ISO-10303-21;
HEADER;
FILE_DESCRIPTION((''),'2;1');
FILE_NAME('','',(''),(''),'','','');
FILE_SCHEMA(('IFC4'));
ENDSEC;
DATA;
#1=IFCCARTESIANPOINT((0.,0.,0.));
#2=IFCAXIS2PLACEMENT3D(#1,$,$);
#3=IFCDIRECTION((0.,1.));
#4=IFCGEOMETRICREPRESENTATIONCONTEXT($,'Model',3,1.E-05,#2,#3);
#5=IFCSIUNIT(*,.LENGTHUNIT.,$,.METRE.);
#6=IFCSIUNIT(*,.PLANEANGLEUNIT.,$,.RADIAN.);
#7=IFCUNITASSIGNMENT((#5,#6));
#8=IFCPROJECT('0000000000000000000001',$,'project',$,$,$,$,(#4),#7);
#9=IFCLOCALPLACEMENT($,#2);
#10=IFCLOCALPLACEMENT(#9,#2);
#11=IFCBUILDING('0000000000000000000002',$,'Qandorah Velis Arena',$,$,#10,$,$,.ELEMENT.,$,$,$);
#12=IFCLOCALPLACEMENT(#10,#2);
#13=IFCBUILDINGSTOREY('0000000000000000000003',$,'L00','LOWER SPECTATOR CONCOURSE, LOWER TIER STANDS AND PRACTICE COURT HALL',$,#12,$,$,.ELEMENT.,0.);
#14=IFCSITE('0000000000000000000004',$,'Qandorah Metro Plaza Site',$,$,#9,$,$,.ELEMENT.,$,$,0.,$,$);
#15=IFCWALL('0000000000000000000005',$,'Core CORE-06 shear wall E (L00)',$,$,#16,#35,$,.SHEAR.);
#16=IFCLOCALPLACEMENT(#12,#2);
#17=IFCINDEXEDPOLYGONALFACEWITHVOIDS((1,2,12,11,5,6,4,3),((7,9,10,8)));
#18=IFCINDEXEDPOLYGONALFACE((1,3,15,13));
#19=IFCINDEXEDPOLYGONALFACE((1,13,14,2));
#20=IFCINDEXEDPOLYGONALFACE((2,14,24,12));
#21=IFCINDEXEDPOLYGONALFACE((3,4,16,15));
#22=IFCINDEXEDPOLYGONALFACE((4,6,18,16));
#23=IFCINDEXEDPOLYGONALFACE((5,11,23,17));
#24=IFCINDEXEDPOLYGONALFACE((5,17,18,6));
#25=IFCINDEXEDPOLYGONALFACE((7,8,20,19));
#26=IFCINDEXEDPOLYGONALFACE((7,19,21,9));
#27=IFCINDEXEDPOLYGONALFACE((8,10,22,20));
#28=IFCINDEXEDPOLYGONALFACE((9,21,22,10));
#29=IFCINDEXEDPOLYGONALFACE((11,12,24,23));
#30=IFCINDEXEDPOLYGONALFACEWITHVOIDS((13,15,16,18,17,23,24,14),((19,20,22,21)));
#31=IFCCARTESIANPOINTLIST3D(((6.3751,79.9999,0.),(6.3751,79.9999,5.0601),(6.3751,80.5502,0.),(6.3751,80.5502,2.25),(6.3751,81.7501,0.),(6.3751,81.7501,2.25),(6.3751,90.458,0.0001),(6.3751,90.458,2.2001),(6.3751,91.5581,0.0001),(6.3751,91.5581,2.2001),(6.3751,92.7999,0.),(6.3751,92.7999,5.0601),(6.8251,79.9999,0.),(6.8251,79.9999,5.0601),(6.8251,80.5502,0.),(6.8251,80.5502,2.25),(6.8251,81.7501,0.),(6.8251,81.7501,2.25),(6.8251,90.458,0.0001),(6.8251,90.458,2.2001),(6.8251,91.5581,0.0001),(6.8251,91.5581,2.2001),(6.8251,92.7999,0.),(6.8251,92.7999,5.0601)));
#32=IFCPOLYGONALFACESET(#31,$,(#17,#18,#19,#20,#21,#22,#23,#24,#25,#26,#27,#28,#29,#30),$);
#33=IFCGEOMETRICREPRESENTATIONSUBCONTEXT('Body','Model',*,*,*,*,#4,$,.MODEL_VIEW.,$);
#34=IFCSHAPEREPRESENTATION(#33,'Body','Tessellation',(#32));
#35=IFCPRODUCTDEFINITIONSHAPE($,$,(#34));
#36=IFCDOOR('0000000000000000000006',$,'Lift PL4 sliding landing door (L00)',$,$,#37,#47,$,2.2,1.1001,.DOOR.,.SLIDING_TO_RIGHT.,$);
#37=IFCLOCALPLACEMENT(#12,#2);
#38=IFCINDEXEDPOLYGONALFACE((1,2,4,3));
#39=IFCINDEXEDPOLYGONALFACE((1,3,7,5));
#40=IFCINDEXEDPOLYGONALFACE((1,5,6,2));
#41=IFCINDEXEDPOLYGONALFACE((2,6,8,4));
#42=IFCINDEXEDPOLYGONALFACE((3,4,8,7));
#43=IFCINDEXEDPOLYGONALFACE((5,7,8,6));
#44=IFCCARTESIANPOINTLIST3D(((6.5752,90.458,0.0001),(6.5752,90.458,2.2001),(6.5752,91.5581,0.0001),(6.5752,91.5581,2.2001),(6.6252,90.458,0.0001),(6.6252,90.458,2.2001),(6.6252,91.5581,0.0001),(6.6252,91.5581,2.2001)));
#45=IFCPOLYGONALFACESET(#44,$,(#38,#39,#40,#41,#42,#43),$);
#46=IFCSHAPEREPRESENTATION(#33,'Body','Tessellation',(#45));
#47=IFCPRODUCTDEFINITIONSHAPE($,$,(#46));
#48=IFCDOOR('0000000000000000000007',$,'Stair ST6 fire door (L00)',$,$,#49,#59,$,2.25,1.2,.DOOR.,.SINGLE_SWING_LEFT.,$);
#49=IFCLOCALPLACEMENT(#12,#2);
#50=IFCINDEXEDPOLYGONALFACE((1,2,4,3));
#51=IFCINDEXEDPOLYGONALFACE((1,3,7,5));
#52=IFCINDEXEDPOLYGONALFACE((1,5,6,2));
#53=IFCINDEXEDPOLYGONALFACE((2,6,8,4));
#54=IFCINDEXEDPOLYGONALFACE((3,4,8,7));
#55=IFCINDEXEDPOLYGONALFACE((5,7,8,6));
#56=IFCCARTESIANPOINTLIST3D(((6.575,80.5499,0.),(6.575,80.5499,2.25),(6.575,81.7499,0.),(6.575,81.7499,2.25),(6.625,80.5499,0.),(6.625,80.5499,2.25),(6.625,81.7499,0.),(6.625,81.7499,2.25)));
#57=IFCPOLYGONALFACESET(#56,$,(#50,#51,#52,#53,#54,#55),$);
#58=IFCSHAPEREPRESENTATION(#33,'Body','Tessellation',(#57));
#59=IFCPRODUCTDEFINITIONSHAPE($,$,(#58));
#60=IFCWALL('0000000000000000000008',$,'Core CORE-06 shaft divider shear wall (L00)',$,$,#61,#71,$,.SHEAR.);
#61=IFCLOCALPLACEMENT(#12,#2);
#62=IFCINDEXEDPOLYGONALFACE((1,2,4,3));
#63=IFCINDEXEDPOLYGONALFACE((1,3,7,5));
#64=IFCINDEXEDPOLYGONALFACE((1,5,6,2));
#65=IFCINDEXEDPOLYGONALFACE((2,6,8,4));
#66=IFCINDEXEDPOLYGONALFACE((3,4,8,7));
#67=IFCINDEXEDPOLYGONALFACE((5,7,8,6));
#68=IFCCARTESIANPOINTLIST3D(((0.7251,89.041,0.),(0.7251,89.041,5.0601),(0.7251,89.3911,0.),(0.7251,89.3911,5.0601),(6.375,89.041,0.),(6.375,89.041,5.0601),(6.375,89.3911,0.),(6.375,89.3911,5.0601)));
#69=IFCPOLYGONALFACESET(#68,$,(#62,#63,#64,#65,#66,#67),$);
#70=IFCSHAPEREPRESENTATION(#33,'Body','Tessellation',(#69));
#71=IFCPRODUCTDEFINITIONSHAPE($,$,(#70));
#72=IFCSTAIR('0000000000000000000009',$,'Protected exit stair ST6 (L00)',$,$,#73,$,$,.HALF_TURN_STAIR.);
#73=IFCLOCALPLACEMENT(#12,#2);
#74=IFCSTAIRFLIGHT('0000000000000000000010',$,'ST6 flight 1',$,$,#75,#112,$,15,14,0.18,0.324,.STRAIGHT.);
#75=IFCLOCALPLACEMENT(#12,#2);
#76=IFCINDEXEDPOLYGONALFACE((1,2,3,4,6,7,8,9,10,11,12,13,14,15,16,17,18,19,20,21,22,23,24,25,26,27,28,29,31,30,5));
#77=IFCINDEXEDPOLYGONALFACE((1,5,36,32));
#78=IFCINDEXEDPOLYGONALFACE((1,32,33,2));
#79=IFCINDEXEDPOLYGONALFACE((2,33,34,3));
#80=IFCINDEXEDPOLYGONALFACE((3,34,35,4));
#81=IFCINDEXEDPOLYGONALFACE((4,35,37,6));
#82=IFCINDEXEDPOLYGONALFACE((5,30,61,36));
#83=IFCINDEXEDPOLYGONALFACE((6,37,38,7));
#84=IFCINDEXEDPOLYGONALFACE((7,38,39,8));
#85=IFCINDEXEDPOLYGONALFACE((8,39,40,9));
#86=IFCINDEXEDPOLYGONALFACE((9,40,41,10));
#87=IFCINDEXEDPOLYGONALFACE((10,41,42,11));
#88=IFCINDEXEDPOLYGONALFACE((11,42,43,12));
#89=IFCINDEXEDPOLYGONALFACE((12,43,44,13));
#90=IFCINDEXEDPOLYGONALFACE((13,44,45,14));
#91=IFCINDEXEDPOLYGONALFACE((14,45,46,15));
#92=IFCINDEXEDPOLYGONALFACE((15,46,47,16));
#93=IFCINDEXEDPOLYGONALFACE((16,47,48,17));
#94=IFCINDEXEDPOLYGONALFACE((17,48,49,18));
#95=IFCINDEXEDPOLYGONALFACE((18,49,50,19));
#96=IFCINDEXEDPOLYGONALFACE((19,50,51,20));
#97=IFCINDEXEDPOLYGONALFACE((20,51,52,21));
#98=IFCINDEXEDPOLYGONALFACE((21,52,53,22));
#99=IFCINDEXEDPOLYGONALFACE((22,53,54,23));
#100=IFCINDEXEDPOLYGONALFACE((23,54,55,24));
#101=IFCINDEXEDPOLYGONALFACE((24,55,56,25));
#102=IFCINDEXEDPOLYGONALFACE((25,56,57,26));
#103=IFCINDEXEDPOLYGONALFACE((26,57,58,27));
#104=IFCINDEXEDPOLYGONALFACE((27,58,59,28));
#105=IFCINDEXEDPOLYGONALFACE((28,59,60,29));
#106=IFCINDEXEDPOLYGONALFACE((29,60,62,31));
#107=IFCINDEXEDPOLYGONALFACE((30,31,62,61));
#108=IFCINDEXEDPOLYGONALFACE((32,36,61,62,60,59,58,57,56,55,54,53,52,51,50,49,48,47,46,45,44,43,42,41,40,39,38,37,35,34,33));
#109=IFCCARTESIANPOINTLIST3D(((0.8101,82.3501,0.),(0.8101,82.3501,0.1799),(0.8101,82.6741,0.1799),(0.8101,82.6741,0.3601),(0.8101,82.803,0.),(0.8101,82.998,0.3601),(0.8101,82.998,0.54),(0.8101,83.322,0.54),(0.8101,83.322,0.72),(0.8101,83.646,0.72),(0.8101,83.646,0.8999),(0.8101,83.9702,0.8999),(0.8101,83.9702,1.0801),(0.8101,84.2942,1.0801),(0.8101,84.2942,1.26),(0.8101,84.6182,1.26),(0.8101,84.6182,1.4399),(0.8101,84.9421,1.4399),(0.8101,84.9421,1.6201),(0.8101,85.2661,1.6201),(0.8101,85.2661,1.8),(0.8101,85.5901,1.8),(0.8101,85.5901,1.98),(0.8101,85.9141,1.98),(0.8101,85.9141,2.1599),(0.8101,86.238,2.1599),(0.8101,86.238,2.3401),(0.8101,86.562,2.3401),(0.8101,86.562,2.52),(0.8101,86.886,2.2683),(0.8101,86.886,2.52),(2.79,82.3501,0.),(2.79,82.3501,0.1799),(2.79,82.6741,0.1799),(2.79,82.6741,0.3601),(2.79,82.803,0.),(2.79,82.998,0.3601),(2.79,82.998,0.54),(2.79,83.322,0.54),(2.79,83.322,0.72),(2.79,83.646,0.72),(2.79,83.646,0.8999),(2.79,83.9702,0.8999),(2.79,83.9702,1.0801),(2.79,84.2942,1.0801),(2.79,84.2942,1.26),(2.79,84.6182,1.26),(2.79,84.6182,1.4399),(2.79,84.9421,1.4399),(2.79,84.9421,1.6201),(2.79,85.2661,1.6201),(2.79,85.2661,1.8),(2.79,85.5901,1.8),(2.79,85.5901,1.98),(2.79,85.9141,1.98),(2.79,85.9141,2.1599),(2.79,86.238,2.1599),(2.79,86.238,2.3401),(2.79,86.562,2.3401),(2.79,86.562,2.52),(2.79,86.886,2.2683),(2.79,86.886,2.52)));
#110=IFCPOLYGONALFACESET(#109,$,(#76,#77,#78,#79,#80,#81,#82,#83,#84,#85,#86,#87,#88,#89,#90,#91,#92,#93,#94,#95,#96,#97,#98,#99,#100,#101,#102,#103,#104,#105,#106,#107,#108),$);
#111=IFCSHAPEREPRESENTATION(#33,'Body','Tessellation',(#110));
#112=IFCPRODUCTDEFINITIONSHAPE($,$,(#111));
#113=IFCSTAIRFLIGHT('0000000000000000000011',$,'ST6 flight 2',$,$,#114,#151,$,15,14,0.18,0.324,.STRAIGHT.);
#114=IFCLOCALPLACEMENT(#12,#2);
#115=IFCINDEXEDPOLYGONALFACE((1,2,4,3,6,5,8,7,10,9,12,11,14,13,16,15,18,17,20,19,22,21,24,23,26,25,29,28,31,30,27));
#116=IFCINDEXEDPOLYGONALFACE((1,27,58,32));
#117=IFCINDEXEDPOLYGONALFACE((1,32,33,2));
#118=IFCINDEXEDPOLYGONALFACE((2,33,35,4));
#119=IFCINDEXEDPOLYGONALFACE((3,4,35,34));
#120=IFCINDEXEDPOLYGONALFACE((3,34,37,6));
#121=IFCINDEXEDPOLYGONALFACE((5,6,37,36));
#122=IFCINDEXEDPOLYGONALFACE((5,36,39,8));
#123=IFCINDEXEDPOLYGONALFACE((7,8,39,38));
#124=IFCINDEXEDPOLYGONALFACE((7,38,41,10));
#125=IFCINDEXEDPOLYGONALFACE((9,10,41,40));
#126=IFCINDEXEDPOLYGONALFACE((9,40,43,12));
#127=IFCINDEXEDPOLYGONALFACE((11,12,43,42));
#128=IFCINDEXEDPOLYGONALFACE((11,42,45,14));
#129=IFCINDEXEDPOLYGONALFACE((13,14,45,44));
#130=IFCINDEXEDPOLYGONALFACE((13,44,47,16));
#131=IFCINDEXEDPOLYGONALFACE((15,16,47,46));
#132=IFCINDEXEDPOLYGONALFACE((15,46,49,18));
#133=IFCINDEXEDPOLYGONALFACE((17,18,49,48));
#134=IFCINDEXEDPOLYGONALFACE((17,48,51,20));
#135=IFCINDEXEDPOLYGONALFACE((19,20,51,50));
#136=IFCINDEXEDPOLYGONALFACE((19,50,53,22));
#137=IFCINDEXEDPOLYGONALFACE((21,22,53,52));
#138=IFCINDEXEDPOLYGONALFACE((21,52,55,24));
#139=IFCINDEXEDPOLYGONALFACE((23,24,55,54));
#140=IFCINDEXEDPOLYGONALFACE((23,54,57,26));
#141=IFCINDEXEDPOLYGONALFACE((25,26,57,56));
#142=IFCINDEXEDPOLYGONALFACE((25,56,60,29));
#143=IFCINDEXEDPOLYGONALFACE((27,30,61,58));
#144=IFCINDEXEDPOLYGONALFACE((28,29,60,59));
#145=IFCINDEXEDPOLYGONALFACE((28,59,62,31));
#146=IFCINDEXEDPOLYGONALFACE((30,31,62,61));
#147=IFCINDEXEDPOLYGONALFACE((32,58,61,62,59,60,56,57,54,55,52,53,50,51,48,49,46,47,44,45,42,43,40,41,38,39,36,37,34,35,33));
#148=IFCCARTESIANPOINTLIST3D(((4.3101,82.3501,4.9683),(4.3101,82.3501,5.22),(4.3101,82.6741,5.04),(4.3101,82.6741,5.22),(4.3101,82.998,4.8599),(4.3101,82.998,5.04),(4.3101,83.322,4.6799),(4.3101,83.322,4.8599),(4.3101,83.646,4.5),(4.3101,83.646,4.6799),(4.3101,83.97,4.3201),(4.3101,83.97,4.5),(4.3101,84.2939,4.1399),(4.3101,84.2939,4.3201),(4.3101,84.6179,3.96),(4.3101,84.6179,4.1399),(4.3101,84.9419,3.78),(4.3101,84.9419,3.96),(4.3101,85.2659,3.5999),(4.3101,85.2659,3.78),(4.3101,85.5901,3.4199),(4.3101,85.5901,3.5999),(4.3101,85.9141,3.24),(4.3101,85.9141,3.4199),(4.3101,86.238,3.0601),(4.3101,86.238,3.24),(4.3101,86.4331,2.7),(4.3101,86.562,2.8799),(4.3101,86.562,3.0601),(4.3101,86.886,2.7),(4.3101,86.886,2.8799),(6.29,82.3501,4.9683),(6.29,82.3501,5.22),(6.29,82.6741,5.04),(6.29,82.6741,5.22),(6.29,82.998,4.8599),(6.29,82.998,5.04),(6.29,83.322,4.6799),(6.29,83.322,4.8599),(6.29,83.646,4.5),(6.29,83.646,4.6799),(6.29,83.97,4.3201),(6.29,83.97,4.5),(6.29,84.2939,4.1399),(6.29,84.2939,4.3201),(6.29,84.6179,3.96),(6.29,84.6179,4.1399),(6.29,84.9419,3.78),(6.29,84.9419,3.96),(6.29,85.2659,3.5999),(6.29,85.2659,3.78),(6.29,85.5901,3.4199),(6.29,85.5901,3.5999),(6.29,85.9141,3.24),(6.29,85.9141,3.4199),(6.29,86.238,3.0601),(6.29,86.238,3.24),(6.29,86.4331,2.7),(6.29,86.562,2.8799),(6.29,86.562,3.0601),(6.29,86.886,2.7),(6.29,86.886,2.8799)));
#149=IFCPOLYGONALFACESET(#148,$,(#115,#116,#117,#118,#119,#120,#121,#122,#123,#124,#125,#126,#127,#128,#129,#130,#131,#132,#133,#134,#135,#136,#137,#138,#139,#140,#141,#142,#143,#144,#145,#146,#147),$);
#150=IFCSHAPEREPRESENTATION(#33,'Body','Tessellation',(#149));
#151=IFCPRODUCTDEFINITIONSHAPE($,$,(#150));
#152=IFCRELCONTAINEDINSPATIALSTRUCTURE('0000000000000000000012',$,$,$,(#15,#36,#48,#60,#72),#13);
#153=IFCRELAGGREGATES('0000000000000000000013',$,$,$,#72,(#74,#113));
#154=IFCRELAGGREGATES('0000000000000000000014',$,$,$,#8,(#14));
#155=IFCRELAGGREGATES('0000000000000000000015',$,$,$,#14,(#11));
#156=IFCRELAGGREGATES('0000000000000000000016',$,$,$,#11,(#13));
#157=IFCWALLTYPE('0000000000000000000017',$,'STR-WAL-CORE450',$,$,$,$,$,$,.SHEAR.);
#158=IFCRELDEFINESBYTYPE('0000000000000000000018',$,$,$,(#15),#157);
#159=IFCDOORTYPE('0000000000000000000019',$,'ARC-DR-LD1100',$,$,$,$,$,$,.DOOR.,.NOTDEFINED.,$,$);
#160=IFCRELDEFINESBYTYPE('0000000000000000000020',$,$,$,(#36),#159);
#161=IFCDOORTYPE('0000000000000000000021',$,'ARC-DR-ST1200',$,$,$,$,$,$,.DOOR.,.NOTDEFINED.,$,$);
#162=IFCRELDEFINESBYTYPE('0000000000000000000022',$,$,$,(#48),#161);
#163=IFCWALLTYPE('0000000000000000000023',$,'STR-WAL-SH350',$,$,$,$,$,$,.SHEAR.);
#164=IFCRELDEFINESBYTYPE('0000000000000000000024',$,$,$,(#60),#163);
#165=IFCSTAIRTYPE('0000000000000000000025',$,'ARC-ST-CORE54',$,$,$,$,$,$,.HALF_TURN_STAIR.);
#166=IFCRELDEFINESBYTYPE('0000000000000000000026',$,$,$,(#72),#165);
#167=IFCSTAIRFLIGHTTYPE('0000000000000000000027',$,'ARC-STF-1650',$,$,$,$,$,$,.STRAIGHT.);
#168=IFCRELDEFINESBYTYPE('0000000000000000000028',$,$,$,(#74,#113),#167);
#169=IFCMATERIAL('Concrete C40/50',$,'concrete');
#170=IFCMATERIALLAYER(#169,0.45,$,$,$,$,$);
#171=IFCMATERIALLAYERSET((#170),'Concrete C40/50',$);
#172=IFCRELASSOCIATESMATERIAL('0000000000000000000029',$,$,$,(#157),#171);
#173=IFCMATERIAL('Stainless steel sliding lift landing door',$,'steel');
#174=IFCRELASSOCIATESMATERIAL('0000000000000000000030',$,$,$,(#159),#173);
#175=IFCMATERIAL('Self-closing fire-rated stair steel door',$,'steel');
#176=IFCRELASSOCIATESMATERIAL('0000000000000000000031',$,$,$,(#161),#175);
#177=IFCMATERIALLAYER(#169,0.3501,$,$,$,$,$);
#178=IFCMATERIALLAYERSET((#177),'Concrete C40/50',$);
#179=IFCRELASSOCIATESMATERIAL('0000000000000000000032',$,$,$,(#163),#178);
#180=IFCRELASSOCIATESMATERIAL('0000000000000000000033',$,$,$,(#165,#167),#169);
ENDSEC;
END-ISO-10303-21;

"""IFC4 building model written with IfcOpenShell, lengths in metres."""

from ifc_helpers import new_model, si_unit, direction, frame, frame_2d, origin, place, context, subcontext, project, spatial, polyline, rectangle, outline, extrude, material, layer, layer_set, type_object, element, fill, aggregate, save


model = new_model("IFC4")

# Units and contexts
model_context = context("Model", 3, precision=1e-05, world=origin(), true_north=direction((0.0, 1.0)))
body_context = subcontext(model_context, "Body", "Model", "MODEL_VIEW")
ifc_project = project(units=[si_unit("LENGTHUNIT", "METRE"), si_unit("PLANEANGLEUNIT", "RADIAN")], contexts=[model_context])

# Site, building, storey
site_placement = place(None, origin())
site = spatial("IfcSite", under=ifc_project, at=site_placement, Name="Qandorah Metro Plaza Site", CompositionType="ELEMENT", RefElevation=0.0)
building_placement = place(site_placement, origin())
building = spatial("IfcBuilding", under=site, at=building_placement, Name="Qandorah Velis Arena", CompositionType="ELEMENT")
storey_placement = place(building_placement, origin())
storey = spatial("IfcBuildingStorey", under=building, at=storey_placement, Name="L00", Description="LOWER SPECTATOR CONCOURSE, LOWER TIER STANDS AND PRACTICE COURT HALL", CompositionType="ELEMENT", Elevation=0.0)

# Shared definitions
ifc_material_1 = material(Name="Concrete C40/50", Category="concrete")

# Shared definitions
ifc_layer_1 = layer(ifc_material_1, 0.45)
ifc_layer_set_1 = layer_set([ifc_layer_1], Name="Concrete C40/50")
wall_type_1 = type_object("IfcWallType", Name="STR-WAL-CORE450", PredefinedType="SHEAR", material=ifc_layer_set_1)

# Wall, openings, doors
wall_1_placement = place(storey_placement, frame((6.6001, 80.0, 0.0), z_axis=(0.0, 0.0, 1.0), x_axis=(0.0, 1.0, 0.0)))
wall_1 = element("IfcWall", 1, at=wall_1_placement, inside=storey, type_object=wall_type_1, Name="Core CORE-06 shear wall E (L00)", PredefinedType="SHEAR", context=body_context, shape_type="SweptSolid", body=[
    extrude(rectangle(XDim=12.8, YDim=0.45, at=frame_2d((6.3999, 0.0))), origin(), (0.0, 0.0, 1.0), 5.0601),
])
opening_1_placement = place(wall_1_placement, frame((0.55, 0.0, 0.0)))
opening_1 = element("IfcOpeningElement", 2, at=opening_1_placement, cuts=wall_1, PredefinedType="OPENING", context=body_context, shape_type="SweptSolid", body=[
    extrude(rectangle(XDim=1.2, YDim=2.25, at=frame_2d((0.6001, 1.125))), frame((0.0, 0.2349, 0.0), z_axis=(0.0, -1.0, 0.0), x_axis=(1.0, 0.0, 0.0)), (0.0, 0.0, 1.0), 0.47),
])
opening_2_placement = place(wall_1_placement, frame((10.458, 0.0, 0.0)))
opening_2 = element("IfcOpeningElement", 3, at=opening_2_placement, cuts=wall_1, PredefinedType="OPENING", context=body_context, shape_type="SweptSolid", body=[
    extrude(rectangle(XDim=1.1001, YDim=2.2, at=frame_2d((0.55, 1.1001))), frame((0.0, 0.2349, 0.0), z_axis=(0.0, -1.0, 0.0), x_axis=(1.0, 0.0, 0.0)), (0.0, 0.0, 1.0), 0.47),
])
ifc_material_2 = material(Name="Stainless steel sliding lift landing door", Category="steel")
door_type_1 = type_object("IfcDoorType", Name="ARC-DR-LD1100", OperationType="NOTDEFINED", PredefinedType="DOOR", material=ifc_material_2)
door_1_placement = place(opening_2_placement, origin())
door_1 = element("IfcDoor", 4, at=door_1_placement, inside=storey, type_object=door_type_1, Name="Lift PL4 sliding landing door (L00)", OperationType="SLIDING_TO_RIGHT", OverallHeight=2.2, OverallWidth=1.1001, PredefinedType="DOOR", context=body_context, shape_type="SweptSolid", body=[
    extrude(rectangle(XDim=1.1001, YDim=2.2, at=frame_2d((0.55, 1.1001))), frame((0.0, 0.0249, 0.0), z_axis=(0.0, -1.0, 0.0), x_axis=(1.0, 0.0, 0.0)), (0.0, 0.0, 1.0), 0.05),
])
fill(opening_2, door_1)
ifc_material_3 = material(Name="Self-closing fire-rated stair steel door", Category="steel")
door_type_2 = type_object("IfcDoorType", Name="ARC-DR-ST1200", OperationType="NOTDEFINED", PredefinedType="DOOR", material=ifc_material_3)
door_2_placement = place(opening_1_placement, frame((1.2, 0.0, 0.0), z_axis=(0.0, 0.0, 1.0), x_axis=(-1.0, 0.0, 0.0)))
door_2 = element("IfcDoor", 5, at=door_2_placement, inside=storey, type_object=door_type_2, Name="Stair ST6 fire door (L00)", OperationType="SINGLE_SWING_LEFT", OverallHeight=2.25, OverallWidth=1.2, PredefinedType="DOOR", context=body_context, shape_type="SweptSolid", body=[
    extrude(rectangle(XDim=1.2, YDim=2.25, at=frame_2d((0.6001, 1.125))), frame((0.0, 0.0249, 0.0), z_axis=(0.0, -1.0, 0.0), x_axis=(1.0, 0.0, 0.0)), (0.0, 0.0, 1.0), 0.05),
])
fill(opening_1, door_2)

# Wall
ifc_layer_2 = layer(ifc_material_1, 0.3501)
ifc_layer_set_2 = layer_set([ifc_layer_2], Name="Concrete C40/50")
wall_type_2 = type_object("IfcWallType", Name="STR-WAL-SH350", PredefinedType="SHEAR", material=ifc_layer_set_2)
wall_2_placement = place(storey_placement, frame((0.7251, 89.2161, 0.0), z_axis=(0.0, 0.0, 1.0), x_axis=(1.0, 0.0, 0.0)))
element("IfcWall", 6, at=wall_2_placement, inside=storey, type_object=wall_type_2, Name="Core CORE-06 shaft divider shear wall (L00)", PredefinedType="SHEAR", context=body_context, shape_type="SweptSolid", body=[
    extrude(rectangle(XDim=5.6499, YDim=0.3501, at=frame_2d((2.825, 0.0))), origin(), (0.0, 0.0, 1.0), 5.0601),
])

# Stair, stair flights
stair_type = type_object("IfcStairType", Name="ARC-ST-CORE54", PredefinedType="HALF_TURN_STAIR", material=ifc_material_1)
stair_placement = place(storey_placement, origin())
stair = element("IfcStair", 7, at=stair_placement, inside=storey, type_object=stair_type, Name="Protected exit stair ST6 (L00)", PredefinedType="HALF_TURN_STAIR")
stair_flight_type = type_object("IfcStairFlightType", Name="ARC-STF-1650", PredefinedType="STRAIGHT", material=ifc_material_1)
stair_flight_1_placement = place(storey_placement, frame((1.8, 82.3501, 0.0), z_axis=(0.0, 0.0, 1.0), x_axis=(0.0, 1.0, 0.0)))
stair_flight_1 = element("IfcStairFlight", 8, at=stair_flight_1_placement, type_object=stair_flight_type, Name="ST6 flight 1", NumberOfRisers=15, NumberOfTreads=14, PredefinedType="STRAIGHT", RiserHeight=0.18, TreadLength=0.324, context=body_context, shape_type="SweptSolid", body=[
    extrude(outline(polyline([(0.0, 0.0), (0.0, 0.1799), (0.324, 0.1799), (0.324, 0.3601), (0.6479, 0.3601), (0.6479, 0.54), (0.9719, 0.54), (0.9719, 0.72), (1.2959, 0.72), (1.2959, 0.8999), (1.6201, 0.8999), (1.6201, 1.0801), (1.9441, 1.0801), (1.9441, 1.26), (2.2681, 1.26), (2.2681, 1.4399), (2.592, 1.4399), (2.592, 1.6201), (2.916, 1.6201), (2.916, 1.8), (3.24, 1.8), (3.24, 1.98), (3.564, 1.98), (3.564, 2.1599), (3.8879, 2.1599), (3.8879, 2.3401), (4.2119, 2.3401), (4.2119, 2.52), (4.5359, 2.52), (4.5359, 2.7), (4.5359, 2.2683), (0.4529, 0.0), (0.0, 0.0)])), frame((0.0, 0.99, 0.0), z_axis=(0.0, -1.0, 0.0), x_axis=(1.0, 0.0, 0.0)), (0.0, 0.0, 1.0), 1.98),
])
stair_flight_2_placement = place(storey_placement, frame((5.3, 86.886, 2.7), z_axis=(0.0, 0.0, 1.0), x_axis=(0.0, -1.0, 0.0)))
stair_flight_2 = element("IfcStairFlight", 9, at=stair_flight_2_placement, type_object=stair_flight_type, Name="ST6 flight 2", NumberOfRisers=15, NumberOfTreads=14, PredefinedType="STRAIGHT", RiserHeight=0.18, TreadLength=0.324, context=body_context, shape_type="SweptSolid", body=[
    extrude(outline(polyline([(0.0, 0.0), (0.0, 0.1799), (0.324, 0.1799), (0.324, 0.3601), (0.6479, 0.3601), (0.6479, 0.54), (0.9719, 0.54), (0.9719, 0.72), (1.2959, 0.72), (1.2959, 0.8999), (1.6201, 0.8999), (1.6201, 1.0801), (1.9441, 1.0801), (1.9441, 1.26), (2.2681, 1.26), (2.2681, 1.4399), (2.592, 1.4399), (2.592, 1.6201), (2.916, 1.6201), (2.916, 1.8), (3.24, 1.8), (3.24, 1.98), (3.564, 1.98), (3.564, 2.1599), (3.8879, 2.1599), (3.8879, 2.3401), (4.2119, 2.3401), (4.2119, 2.52), (4.5359, 2.52), (4.5359, 2.7), (4.5359, 2.2683), (0.4529, 0.0), (0.0, 0.0)])), frame((0.0, 0.99, 0.0), z_axis=(0.0, -1.0, 0.0), x_axis=(1.0, 0.0, 0.0)), (0.0, 0.0, 1.0), 1.98),
])
aggregate(stair, [stair_flight_1, stair_flight_2])

save(model, "model.ifc")
